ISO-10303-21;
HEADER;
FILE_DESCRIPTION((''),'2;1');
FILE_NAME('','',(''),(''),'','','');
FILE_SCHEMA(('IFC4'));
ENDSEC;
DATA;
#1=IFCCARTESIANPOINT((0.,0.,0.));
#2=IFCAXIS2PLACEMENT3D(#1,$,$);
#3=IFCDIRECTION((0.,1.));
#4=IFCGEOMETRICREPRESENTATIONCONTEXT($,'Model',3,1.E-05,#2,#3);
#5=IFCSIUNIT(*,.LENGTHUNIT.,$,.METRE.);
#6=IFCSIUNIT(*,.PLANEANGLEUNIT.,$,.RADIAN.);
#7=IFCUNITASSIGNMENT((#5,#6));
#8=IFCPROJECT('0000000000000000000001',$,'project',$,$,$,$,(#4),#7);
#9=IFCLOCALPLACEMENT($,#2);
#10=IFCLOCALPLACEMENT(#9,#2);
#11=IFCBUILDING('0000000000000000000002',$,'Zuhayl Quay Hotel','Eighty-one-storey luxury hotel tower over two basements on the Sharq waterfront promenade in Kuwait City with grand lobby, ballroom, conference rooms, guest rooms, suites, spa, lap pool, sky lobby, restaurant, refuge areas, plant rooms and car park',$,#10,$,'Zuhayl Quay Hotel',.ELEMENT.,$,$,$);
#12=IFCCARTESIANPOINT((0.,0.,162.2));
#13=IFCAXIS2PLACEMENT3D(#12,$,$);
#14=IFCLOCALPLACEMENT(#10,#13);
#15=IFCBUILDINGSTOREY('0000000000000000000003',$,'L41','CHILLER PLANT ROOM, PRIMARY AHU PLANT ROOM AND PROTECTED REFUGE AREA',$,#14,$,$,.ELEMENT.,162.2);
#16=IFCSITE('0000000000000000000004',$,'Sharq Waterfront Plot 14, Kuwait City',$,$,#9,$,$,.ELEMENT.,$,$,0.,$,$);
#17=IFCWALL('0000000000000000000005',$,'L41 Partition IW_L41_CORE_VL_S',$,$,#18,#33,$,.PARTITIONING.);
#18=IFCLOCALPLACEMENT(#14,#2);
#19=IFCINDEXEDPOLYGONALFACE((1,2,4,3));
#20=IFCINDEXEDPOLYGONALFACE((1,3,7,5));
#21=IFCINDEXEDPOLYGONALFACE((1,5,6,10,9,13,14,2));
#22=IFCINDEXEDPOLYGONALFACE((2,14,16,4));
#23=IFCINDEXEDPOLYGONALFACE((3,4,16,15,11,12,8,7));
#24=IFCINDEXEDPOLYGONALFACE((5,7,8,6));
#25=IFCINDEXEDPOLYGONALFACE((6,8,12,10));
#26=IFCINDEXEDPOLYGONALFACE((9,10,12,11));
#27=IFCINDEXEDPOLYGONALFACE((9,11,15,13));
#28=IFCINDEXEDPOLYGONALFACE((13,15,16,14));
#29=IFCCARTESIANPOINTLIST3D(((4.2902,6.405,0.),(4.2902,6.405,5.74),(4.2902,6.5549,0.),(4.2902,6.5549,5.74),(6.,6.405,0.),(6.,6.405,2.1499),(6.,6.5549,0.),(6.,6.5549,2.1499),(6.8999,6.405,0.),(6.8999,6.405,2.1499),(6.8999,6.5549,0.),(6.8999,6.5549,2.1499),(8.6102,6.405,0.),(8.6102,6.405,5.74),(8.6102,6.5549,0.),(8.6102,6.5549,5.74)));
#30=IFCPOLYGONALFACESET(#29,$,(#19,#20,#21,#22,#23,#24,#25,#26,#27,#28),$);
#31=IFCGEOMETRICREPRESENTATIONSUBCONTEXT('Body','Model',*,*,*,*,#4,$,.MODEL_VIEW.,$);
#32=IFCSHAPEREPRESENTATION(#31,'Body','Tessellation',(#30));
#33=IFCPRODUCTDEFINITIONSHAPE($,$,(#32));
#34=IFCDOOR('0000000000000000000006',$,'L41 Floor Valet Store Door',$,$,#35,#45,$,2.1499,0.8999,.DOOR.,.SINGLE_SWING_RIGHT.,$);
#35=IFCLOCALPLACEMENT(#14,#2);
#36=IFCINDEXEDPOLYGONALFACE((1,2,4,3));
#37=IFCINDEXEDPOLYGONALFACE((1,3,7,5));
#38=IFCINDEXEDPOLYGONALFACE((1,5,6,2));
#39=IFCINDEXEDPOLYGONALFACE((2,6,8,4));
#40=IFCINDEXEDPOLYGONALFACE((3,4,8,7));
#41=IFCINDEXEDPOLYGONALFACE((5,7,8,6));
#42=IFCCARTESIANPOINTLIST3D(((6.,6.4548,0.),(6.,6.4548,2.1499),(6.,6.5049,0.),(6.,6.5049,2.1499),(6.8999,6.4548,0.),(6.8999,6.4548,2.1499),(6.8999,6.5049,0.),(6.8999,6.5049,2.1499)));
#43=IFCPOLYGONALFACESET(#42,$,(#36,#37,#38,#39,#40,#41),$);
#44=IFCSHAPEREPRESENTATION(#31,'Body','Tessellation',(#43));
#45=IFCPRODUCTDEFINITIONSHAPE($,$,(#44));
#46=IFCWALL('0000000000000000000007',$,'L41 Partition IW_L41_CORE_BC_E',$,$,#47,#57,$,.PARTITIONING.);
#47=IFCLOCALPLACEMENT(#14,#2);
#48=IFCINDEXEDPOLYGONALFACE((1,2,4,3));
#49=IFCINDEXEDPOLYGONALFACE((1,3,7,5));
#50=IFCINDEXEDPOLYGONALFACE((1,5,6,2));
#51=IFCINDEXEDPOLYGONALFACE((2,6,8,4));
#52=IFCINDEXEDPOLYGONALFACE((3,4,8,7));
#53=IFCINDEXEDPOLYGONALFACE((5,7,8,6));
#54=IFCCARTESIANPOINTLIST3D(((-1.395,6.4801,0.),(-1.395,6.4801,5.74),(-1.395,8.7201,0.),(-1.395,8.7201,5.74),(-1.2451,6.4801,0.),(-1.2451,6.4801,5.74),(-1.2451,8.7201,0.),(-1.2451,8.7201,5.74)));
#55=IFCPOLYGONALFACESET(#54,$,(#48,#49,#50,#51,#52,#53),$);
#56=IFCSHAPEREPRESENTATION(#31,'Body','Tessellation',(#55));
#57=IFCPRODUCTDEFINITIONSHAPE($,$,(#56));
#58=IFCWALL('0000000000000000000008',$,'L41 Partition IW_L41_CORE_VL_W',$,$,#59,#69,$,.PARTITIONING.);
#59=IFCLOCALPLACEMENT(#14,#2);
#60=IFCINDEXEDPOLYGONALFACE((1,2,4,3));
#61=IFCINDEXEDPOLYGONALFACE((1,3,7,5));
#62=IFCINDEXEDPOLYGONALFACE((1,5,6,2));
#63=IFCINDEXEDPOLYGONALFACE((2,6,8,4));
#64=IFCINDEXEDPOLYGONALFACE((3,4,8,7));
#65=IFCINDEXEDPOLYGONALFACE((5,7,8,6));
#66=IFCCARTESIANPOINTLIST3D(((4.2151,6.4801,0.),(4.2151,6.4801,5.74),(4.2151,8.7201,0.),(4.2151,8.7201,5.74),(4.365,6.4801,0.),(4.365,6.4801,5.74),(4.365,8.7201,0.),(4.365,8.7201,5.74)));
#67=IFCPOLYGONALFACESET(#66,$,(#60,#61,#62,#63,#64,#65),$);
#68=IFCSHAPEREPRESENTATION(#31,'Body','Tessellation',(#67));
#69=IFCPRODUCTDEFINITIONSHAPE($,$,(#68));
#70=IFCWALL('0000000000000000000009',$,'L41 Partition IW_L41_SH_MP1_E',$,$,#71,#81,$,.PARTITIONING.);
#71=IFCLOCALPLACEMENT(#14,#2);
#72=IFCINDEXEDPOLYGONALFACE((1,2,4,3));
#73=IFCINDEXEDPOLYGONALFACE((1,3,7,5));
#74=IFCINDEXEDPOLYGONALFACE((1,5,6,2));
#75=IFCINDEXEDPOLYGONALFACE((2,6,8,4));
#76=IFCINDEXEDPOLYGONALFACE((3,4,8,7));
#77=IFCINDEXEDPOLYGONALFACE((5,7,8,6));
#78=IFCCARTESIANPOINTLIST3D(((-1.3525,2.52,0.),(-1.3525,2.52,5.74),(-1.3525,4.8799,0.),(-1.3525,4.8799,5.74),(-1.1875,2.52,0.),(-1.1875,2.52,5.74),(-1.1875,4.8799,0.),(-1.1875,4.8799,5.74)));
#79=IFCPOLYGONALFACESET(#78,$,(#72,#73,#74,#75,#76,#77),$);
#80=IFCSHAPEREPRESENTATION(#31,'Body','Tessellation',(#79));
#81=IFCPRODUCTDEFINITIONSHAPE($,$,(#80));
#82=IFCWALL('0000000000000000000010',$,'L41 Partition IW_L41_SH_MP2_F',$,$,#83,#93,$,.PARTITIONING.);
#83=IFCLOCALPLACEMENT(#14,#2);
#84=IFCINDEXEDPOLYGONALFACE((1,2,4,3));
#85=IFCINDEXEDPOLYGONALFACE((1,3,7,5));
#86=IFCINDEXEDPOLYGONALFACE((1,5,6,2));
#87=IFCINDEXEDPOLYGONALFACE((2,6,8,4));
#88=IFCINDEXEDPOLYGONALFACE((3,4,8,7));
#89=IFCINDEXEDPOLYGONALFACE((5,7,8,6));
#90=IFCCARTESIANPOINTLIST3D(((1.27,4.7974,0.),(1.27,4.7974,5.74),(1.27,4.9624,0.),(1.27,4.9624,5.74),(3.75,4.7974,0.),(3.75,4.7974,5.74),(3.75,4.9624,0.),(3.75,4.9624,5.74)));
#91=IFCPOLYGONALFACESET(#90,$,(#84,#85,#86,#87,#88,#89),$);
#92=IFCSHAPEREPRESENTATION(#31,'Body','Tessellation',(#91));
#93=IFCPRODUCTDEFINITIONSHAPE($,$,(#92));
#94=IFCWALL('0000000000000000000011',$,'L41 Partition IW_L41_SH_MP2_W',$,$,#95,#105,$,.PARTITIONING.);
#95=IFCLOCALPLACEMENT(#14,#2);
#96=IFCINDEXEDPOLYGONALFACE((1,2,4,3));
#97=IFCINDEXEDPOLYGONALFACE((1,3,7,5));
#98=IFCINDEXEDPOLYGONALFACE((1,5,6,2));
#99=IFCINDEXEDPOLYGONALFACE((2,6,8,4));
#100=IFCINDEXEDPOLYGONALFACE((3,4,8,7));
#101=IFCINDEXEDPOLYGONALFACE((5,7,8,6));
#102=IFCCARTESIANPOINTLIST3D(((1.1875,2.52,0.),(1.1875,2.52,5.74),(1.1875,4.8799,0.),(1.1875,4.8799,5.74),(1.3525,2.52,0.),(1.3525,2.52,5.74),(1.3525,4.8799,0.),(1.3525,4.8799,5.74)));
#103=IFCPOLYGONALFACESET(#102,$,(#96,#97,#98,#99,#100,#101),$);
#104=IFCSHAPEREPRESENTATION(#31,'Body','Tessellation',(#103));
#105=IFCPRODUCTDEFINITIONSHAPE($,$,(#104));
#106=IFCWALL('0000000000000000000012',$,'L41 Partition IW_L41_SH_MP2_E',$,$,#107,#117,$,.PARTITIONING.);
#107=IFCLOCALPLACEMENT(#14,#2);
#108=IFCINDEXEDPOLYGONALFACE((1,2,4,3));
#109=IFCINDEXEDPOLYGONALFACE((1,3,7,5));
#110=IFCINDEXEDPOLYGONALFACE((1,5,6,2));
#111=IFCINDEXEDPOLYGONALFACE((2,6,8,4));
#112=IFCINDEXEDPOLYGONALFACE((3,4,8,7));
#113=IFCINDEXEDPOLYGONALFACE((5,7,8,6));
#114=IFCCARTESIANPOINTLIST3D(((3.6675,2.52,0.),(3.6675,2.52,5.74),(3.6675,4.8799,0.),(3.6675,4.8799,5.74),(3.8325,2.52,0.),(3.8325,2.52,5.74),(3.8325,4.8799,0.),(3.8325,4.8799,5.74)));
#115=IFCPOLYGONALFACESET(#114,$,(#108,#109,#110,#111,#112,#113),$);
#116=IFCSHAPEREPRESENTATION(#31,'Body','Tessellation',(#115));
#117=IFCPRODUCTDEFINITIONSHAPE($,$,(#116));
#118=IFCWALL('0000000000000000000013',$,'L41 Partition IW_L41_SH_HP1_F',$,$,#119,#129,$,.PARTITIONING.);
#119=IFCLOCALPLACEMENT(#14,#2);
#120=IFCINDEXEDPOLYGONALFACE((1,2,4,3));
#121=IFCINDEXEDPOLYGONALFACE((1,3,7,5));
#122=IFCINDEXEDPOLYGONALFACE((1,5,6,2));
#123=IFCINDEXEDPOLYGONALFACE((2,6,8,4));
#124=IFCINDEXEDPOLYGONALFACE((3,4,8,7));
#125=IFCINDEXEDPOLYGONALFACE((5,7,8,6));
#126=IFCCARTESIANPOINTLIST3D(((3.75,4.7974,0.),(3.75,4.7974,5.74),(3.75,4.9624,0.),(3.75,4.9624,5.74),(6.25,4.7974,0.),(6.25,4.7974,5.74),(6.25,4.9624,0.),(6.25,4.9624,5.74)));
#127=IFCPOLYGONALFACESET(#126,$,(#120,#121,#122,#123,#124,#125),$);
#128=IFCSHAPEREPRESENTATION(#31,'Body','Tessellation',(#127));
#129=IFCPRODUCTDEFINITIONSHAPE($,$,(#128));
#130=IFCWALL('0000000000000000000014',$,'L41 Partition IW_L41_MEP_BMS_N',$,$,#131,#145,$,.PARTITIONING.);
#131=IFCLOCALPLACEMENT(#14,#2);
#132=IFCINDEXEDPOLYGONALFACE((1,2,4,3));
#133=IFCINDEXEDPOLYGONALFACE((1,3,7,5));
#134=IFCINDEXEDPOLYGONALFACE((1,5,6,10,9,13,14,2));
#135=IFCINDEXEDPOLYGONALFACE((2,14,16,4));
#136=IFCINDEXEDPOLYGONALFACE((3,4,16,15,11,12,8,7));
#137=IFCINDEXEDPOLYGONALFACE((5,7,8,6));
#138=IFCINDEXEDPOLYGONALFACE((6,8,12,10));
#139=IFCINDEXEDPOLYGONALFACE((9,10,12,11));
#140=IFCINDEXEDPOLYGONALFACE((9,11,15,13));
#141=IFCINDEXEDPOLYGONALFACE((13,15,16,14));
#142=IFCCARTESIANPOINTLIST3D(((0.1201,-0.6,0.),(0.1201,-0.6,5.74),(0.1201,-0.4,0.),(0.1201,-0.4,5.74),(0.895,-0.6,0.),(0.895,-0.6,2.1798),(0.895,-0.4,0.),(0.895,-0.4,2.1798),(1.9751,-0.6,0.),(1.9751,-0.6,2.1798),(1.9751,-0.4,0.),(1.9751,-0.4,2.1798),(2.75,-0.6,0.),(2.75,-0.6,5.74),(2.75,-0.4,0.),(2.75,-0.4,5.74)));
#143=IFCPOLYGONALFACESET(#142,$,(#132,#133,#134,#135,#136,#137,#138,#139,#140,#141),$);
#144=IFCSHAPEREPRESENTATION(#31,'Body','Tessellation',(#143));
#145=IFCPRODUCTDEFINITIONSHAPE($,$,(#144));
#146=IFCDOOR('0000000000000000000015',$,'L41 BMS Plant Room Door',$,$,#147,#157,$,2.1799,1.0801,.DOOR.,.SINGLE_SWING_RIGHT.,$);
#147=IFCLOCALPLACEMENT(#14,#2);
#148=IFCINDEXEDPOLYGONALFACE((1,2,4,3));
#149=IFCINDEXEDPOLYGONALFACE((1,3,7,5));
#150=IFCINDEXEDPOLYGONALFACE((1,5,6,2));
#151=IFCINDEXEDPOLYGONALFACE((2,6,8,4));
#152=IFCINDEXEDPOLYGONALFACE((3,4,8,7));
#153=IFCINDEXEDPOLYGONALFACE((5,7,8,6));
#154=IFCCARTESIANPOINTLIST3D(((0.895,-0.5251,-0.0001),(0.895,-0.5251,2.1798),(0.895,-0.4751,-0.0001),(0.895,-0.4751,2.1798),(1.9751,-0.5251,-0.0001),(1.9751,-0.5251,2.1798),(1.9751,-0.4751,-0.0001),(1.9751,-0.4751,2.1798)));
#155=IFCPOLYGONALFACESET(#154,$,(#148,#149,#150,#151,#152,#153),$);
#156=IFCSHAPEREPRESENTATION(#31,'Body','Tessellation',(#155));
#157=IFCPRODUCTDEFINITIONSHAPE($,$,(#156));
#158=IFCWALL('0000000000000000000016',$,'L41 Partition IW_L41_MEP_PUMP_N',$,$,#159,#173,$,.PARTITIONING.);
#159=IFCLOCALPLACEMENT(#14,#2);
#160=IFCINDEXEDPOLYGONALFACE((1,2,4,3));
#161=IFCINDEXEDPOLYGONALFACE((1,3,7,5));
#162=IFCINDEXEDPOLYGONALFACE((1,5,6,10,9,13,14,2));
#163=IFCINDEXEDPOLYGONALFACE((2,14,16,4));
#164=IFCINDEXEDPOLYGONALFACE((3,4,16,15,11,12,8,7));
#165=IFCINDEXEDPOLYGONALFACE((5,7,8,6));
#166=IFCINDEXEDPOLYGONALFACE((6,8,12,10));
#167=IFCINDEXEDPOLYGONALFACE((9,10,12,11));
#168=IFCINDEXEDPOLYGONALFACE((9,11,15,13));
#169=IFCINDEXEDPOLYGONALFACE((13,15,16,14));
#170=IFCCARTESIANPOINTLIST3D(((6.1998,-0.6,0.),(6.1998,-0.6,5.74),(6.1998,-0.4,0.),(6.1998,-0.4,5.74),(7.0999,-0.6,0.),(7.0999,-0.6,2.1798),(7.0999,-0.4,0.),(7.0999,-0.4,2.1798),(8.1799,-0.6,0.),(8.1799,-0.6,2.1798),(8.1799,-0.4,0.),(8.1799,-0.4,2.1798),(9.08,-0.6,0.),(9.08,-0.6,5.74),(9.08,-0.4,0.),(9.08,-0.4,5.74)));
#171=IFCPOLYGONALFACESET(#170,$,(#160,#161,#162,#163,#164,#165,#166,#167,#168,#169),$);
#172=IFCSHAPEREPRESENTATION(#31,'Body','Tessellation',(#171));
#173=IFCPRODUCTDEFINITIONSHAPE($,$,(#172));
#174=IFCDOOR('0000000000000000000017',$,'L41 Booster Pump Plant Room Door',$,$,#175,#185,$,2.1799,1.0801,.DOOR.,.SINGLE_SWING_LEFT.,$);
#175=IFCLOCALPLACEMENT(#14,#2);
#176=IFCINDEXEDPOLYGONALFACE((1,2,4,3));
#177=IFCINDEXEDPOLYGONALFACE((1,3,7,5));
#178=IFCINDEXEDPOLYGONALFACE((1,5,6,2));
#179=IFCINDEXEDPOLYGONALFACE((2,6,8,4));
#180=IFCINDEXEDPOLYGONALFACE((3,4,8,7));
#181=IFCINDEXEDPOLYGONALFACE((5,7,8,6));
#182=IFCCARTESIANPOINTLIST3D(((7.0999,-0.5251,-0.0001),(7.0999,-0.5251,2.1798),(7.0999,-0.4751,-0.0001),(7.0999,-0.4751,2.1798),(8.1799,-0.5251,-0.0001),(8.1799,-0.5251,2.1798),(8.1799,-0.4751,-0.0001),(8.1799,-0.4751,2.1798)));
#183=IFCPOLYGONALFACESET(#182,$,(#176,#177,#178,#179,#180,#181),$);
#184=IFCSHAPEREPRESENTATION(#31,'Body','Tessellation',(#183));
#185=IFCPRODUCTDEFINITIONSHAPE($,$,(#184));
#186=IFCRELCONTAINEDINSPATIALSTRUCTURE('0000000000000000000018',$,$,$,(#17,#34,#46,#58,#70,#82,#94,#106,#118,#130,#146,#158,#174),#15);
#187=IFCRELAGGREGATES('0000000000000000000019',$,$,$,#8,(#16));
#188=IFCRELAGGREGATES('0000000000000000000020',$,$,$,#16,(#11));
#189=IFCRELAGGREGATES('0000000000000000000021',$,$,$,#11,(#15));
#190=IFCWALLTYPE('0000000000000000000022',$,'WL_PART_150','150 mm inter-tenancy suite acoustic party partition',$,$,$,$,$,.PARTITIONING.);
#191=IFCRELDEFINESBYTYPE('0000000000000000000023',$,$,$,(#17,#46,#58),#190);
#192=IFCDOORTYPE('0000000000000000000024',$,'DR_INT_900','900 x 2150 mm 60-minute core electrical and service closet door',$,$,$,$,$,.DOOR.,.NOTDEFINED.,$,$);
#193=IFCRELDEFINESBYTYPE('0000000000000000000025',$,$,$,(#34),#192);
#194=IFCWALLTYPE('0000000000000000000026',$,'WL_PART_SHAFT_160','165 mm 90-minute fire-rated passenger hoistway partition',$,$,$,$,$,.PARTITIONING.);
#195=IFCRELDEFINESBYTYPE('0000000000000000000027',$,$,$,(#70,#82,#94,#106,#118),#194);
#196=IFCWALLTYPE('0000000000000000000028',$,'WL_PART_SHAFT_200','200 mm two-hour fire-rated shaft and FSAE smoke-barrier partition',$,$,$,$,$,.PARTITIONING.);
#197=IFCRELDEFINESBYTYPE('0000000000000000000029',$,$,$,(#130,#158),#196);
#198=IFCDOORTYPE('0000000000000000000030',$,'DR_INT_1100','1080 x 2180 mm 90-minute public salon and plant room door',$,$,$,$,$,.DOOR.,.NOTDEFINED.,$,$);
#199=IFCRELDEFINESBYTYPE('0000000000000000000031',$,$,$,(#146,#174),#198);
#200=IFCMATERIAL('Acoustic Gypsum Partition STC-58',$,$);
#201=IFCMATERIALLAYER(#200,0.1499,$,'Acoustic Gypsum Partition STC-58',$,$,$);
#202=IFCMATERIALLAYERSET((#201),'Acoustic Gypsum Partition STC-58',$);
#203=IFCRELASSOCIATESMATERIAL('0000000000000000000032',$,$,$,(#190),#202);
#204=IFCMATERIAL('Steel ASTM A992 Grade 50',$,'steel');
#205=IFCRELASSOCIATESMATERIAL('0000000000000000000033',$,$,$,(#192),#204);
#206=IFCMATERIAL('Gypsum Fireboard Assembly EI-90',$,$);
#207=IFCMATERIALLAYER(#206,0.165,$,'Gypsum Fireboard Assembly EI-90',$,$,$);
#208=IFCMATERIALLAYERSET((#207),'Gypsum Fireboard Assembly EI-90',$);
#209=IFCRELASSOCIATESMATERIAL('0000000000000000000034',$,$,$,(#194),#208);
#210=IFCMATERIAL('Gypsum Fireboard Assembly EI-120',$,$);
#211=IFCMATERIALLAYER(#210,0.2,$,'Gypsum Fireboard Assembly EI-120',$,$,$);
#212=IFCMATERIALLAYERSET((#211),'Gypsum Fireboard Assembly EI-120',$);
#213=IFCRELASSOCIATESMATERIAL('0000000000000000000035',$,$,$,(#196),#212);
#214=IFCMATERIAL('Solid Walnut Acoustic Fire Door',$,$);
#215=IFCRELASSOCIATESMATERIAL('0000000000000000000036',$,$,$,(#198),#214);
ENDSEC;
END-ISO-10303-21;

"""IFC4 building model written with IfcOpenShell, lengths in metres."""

from ifc_helpers import new_model, si_unit, direction, frame, frame_2d, origin, place, context, subcontext, project, spatial, rectangle, extrude, material, layer, layer_set, type_object, element, fill, save


model = new_model("IFC4")

# Units and contexts
model_context = context("Model", 3, precision=1e-05, world=origin(), true_north=direction((0.0, 1.0)))
body_context = subcontext(model_context, "Body", "Model", "MODEL_VIEW")
ifc_project = project(units=[si_unit("LENGTHUNIT", "METRE"), si_unit("PLANEANGLEUNIT", "RADIAN")], contexts=[model_context])

# Site, building, storey
site_placement = place(None, origin())
site = spatial("IfcSite", under=ifc_project, at=site_placement, Name="Sharq Waterfront Plot 14, Kuwait City", CompositionType="ELEMENT", RefElevation=0.0)
building_placement = place(site_placement, origin())
building = spatial("IfcBuilding", under=site, at=building_placement, Name="Zuhayl Quay Hotel", Description="Eighty-one-storey luxury hotel tower over two basements on the Sharq waterfront promenade in Kuwait City with grand lobby, ballroom, conference rooms, guest rooms, suites, spa, lap pool, sky lobby, restaurant, refuge areas, plant rooms and car park", LongName="Zuhayl Quay Hotel", CompositionType="ELEMENT")
storey_placement = place(building_placement, frame((0.0, 0.0, 162.2)))
storey = spatial("IfcBuildingStorey", under=building, at=storey_placement, Name="L41", Description="CHILLER PLANT ROOM, PRIMARY AHU PLANT ROOM AND PROTECTED REFUGE AREA", CompositionType="ELEMENT", Elevation=162.2)

# Shared definitions
ifc_material_1 = material(Name="Steel ASTM A992 Grade 50", Category="steel")

# Wall, opening, door
ifc_material_2 = material(Name="Acoustic Gypsum Partition STC-58")
ifc_layer_1 = layer(ifc_material_2, 0.1499, Name="Acoustic Gypsum Partition STC-58")
ifc_layer_set_1 = layer_set([ifc_layer_1], Name="Acoustic Gypsum Partition STC-58")
wall_type_1 = type_object("IfcWallType", Name="WL_PART_150", Description="150 mm inter-tenancy suite acoustic party partition", PredefinedType="PARTITIONING", material=ifc_layer_set_1)
wall_1_placement = place(storey_placement, frame((4.29, 6.48, 0.0), z_axis=(0.0, 0.0, 1.0), x_axis=(1.0, 0.0, 0.0)))
wall_1 = element("IfcWall", 1, at=wall_1_placement, inside=storey, type_object=wall_type_1, Name="L41 Partition IW_L41_CORE_VL_S", PredefinedType="PARTITIONING", context=body_context, shape_type="SweptSolid", body=[
    extrude(rectangle(XDim=4.3201, YDim=0.1499, at=frame_2d((2.1602, 0.0))), origin(), (0.0, 0.0, 1.0), 5.74),
])
opening_1_placement = place(wall_1_placement, frame((1.71, 0.0, 0.0)))
opening_1 = element("IfcOpeningElement", 2, at=opening_1_placement, cuts=wall_1, PredefinedType="OPENING", context=body_context, shape_type="SweptSolid", body=[
    extrude(rectangle(XDim=0.8999, YDim=2.1499, at=frame_2d((0.45, 1.075))), frame((0.0, 0.085, 0.0), z_axis=(0.0, -1.0, 0.0), x_axis=(1.0, 0.0, 0.0)), (0.0, 0.0, 1.0), 0.1699),
])
door_type_1 = type_object("IfcDoorType", Name="DR_INT_900", Description="900 x 2150 mm 60-minute core electrical and service closet door", OperationType="NOTDEFINED", PredefinedType="DOOR", material=ifc_material_1)
door_1_placement = place(opening_1_placement, origin())
door_1 = element("IfcDoor", 3, at=door_1_placement, inside=storey, type_object=door_type_1, Name="L41 Floor Valet Store Door", OperationType="SINGLE_SWING_RIGHT", OverallHeight=2.1499, OverallWidth=0.8999, PredefinedType="DOOR", context=body_context, shape_type="SweptSolid", body=[
    extrude(rectangle(XDim=0.8999, YDim=2.1499, at=frame_2d((0.45, 1.075))), frame((0.0, 0.0249, 0.0), z_axis=(0.0, -1.0, 0.0), x_axis=(1.0, 0.0, 0.0)), (0.0, 0.0, 1.0), 0.05),
])
fill(opening_1, door_1)

# Walls
for number, where, z_axis, x_axis, name in (
    (4, (-1.3201, 6.48, 0.0), (0.0, 0.0, 1.0), (0.0, 1.0, 0.0), "L41 Partition IW_L41_CORE_BC_E"),
    (5, (4.29, 6.48, 0.0), (0.0, 0.0, 1.0), (0.0, 1.0, 0.0), "L41 Partition IW_L41_CORE_VL_W"),
):
    element("IfcWall", number, at=place(storey_placement, frame(where, z_axis=z_axis, x_axis=x_axis)), inside=storey, type_object=wall_type_1, Name=name, PredefinedType="PARTITIONING", context=body_context, shape_type="SweptSolid", body=[
        extrude(rectangle(XDim=2.24, YDim=0.1499, at=frame_2d((1.1201, 0.0))), origin(), (0.0, 0.0, 1.0), 5.74),
    ])
ifc_material_3 = material(Name="Gypsum Fireboard Assembly EI-90")
ifc_layer_2 = layer(ifc_material_3, 0.165, Name="Gypsum Fireboard Assembly EI-90")
ifc_layer_set_2 = layer_set([ifc_layer_2], Name="Gypsum Fireboard Assembly EI-90")
wall_type_2 = type_object("IfcWallType", Name="WL_PART_SHAFT_160", Description="165 mm 90-minute fire-rated passenger hoistway partition", PredefinedType="PARTITIONING", material=ifc_layer_set_2)
wall_2_placement = place(storey_placement, frame((-1.27, 2.52, 0.0), z_axis=(0.0, 0.0, 1.0), x_axis=(0.0, 1.0, 0.0)))
element("IfcWall", 6, at=wall_2_placement, inside=storey, type_object=wall_type_2, Name="L41 Partition IW_L41_SH_MP1_E", PredefinedType="PARTITIONING", context=body_context, shape_type="SweptSolid", body=[
    extrude(rectangle(XDim=2.3599, YDim=0.165, at=frame_2d((1.1799, 0.0))), origin(), (0.0, 0.0, 1.0), 5.74),
])
wall_3_placement = place(storey_placement, frame((1.27, 4.8799, 0.0), z_axis=(0.0, 0.0, 1.0), x_axis=(1.0, 0.0, 0.0)))
element("IfcWall", 7, at=wall_3_placement, inside=storey, type_object=wall_type_2, Name="L41 Partition IW_L41_SH_MP2_F", PredefinedType="PARTITIONING", context=body_context, shape_type="SweptSolid", body=[
    extrude(rectangle(XDim=2.48, YDim=0.165, at=frame_2d((1.24, 0.0))), origin(), (0.0, 0.0, 1.0), 5.74),
])
for number, where, z_axis, x_axis, name in (
    (8, (1.27, 2.52, 0.0), (0.0, 0.0, 1.0), (0.0, 1.0, 0.0), "L41 Partition IW_L41_SH_MP2_W"),
    (9, (3.75, 2.52, 0.0), (0.0, 0.0, 1.0), (0.0, 1.0, 0.0), "L41 Partition IW_L41_SH_MP2_E"),
):
    element("IfcWall", number, at=place(storey_placement, frame(where, z_axis=z_axis, x_axis=x_axis)), inside=storey, type_object=wall_type_2, Name=name, PredefinedType="PARTITIONING", context=body_context, shape_type="SweptSolid", body=[
        extrude(rectangle(XDim=2.3599, YDim=0.165, at=frame_2d((1.1799, 0.0))), origin(), (0.0, 0.0, 1.0), 5.74),
    ])
wall_4_placement = place(storey_placement, frame((3.75, 4.8799, 0.0), z_axis=(0.0, 0.0, 1.0), x_axis=(1.0, 0.0, 0.0)))
element("IfcWall", 10, at=wall_4_placement, inside=storey, type_object=wall_type_2, Name="L41 Partition IW_L41_SH_HP1_F", PredefinedType="PARTITIONING", context=body_context, shape_type="SweptSolid", body=[
    extrude(rectangle(XDim=2.5, YDim=0.165, at=frame_2d((1.25, 0.0))), origin(), (0.0, 0.0, 1.0), 5.74),
])

# Walls, openings, doors
ifc_material_4 = material(Name="Gypsum Fireboard Assembly EI-120")
ifc_layer_3 = layer(ifc_material_4, 0.2, Name="Gypsum Fireboard Assembly EI-120")
ifc_layer_set_3 = layer_set([ifc_layer_3], Name="Gypsum Fireboard Assembly EI-120")
wall_type_3 = type_object("IfcWallType", Name="WL_PART_SHAFT_200", Description="200 mm two-hour fire-rated shaft and FSAE smoke-barrier partition", PredefinedType="PARTITIONING", material=ifc_layer_set_3)
wall_5_placement = place(storey_placement, frame((0.1201, -0.5, 0.0), z_axis=(0.0, 0.0, 1.0), x_axis=(1.0, 0.0, 0.0)))
wall_5 = element("IfcWall", 11, at=wall_5_placement, inside=storey, type_object=wall_type_3, Name="L41 Partition IW_L41_MEP_BMS_N", PredefinedType="PARTITIONING", context=body_context, shape_type="SweptSolid", body=[
    extrude(rectangle(XDim=2.6299, YDim=0.2, at=frame_2d((1.3149, 0.0))), origin(), (0.0, 0.0, 1.0), 5.74),
])
opening_2_placement = place(wall_5_placement, frame((0.7749, 0.0, 0.0)))
opening_2 = element("IfcOpeningElement", 12, at=opening_2_placement, cuts=wall_5, PredefinedType="OPENING", context=body_context, shape_type="SweptSolid", body=[
    extrude(rectangle(XDim=1.0801, YDim=2.1799, at=frame_2d((0.54, 1.0898))), frame((0.0, 0.1099, 0.0), z_axis=(0.0, -1.0, 0.0), x_axis=(1.0, 0.0, 0.0)), (0.0, 0.0, 1.0), 0.22),
])
ifc_material_5 = material(Name="Solid Walnut Acoustic Fire Door")
door_type_2 = type_object("IfcDoorType", Name="DR_INT_1100", Description="1080 x 2180 mm 90-minute public salon and plant room door", OperationType="NOTDEFINED", PredefinedType="DOOR", material=ifc_material_5)
door_2_placement = place(opening_2_placement, origin())
door_2 = element("IfcDoor", 13, at=door_2_placement, inside=storey, type_object=door_type_2, Name="L41 BMS Plant Room Door", OperationType="SINGLE_SWING_RIGHT", OverallHeight=2.1799, OverallWidth=1.0801, PredefinedType="DOOR", context=body_context, shape_type="SweptSolid", body=[
    extrude(rectangle(XDim=1.0801, YDim=2.1799, at=frame_2d((0.54, 1.0898))), frame((0.0, 0.0249, 0.0), z_axis=(0.0, -1.0, 0.0), x_axis=(1.0, 0.0, 0.0)), (0.0, 0.0, 1.0), 0.05),
])
fill(opening_2, door_2)
wall_6_placement = place(storey_placement, frame((6.2, -0.5, 0.0), z_axis=(0.0, 0.0, 1.0), x_axis=(1.0, 0.0, 0.0)))
wall_6 = element("IfcWall", 14, at=wall_6_placement, inside=storey, type_object=wall_type_3, Name="L41 Partition IW_L41_MEP_PUMP_N", PredefinedType="PARTITIONING", context=body_context, shape_type="SweptSolid", body=[
    extrude(rectangle(XDim=2.8801, YDim=0.2, at=frame_2d((1.4399, 0.0))), origin(), (0.0, 0.0, 1.0), 5.74),
])
opening_3_placement = place(wall_6_placement, frame((0.8999, 0.0, 0.0)))
opening_3 = element("IfcOpeningElement", 15, at=opening_3_placement, cuts=wall_6, PredefinedType="OPENING", context=body_context, shape_type="SweptSolid", body=[
    extrude(rectangle(XDim=1.0801, YDim=2.1799, at=frame_2d((0.54, 1.0898))), frame((0.0, 0.1099, 0.0), z_axis=(0.0, -1.0, 0.0), x_axis=(1.0, 0.0, 0.0)), (0.0, 0.0, 1.0), 0.22),
])
door_3_placement = place(opening_3_placement, origin())
door_3 = element("IfcDoor", 16, at=door_3_placement, inside=storey, type_object=door_type_2, Name="L41 Booster Pump Plant Room Door", OperationType="SINGLE_SWING_LEFT", OverallHeight=2.1799, OverallWidth=1.0801, PredefinedType="DOOR", context=body_context, shape_type="SweptSolid", body=[
    extrude(rectangle(XDim=1.0801, YDim=2.1799, at=frame_2d((0.54, 1.0898))), frame((0.0, 0.0249, 0.0), z_axis=(0.0, -1.0, 0.0), x_axis=(1.0, 0.0, 0.0)), (0.0, 0.0, 1.0), 0.05),
])
fill(opening_3, door_3)

save(model, "model.ifc")
